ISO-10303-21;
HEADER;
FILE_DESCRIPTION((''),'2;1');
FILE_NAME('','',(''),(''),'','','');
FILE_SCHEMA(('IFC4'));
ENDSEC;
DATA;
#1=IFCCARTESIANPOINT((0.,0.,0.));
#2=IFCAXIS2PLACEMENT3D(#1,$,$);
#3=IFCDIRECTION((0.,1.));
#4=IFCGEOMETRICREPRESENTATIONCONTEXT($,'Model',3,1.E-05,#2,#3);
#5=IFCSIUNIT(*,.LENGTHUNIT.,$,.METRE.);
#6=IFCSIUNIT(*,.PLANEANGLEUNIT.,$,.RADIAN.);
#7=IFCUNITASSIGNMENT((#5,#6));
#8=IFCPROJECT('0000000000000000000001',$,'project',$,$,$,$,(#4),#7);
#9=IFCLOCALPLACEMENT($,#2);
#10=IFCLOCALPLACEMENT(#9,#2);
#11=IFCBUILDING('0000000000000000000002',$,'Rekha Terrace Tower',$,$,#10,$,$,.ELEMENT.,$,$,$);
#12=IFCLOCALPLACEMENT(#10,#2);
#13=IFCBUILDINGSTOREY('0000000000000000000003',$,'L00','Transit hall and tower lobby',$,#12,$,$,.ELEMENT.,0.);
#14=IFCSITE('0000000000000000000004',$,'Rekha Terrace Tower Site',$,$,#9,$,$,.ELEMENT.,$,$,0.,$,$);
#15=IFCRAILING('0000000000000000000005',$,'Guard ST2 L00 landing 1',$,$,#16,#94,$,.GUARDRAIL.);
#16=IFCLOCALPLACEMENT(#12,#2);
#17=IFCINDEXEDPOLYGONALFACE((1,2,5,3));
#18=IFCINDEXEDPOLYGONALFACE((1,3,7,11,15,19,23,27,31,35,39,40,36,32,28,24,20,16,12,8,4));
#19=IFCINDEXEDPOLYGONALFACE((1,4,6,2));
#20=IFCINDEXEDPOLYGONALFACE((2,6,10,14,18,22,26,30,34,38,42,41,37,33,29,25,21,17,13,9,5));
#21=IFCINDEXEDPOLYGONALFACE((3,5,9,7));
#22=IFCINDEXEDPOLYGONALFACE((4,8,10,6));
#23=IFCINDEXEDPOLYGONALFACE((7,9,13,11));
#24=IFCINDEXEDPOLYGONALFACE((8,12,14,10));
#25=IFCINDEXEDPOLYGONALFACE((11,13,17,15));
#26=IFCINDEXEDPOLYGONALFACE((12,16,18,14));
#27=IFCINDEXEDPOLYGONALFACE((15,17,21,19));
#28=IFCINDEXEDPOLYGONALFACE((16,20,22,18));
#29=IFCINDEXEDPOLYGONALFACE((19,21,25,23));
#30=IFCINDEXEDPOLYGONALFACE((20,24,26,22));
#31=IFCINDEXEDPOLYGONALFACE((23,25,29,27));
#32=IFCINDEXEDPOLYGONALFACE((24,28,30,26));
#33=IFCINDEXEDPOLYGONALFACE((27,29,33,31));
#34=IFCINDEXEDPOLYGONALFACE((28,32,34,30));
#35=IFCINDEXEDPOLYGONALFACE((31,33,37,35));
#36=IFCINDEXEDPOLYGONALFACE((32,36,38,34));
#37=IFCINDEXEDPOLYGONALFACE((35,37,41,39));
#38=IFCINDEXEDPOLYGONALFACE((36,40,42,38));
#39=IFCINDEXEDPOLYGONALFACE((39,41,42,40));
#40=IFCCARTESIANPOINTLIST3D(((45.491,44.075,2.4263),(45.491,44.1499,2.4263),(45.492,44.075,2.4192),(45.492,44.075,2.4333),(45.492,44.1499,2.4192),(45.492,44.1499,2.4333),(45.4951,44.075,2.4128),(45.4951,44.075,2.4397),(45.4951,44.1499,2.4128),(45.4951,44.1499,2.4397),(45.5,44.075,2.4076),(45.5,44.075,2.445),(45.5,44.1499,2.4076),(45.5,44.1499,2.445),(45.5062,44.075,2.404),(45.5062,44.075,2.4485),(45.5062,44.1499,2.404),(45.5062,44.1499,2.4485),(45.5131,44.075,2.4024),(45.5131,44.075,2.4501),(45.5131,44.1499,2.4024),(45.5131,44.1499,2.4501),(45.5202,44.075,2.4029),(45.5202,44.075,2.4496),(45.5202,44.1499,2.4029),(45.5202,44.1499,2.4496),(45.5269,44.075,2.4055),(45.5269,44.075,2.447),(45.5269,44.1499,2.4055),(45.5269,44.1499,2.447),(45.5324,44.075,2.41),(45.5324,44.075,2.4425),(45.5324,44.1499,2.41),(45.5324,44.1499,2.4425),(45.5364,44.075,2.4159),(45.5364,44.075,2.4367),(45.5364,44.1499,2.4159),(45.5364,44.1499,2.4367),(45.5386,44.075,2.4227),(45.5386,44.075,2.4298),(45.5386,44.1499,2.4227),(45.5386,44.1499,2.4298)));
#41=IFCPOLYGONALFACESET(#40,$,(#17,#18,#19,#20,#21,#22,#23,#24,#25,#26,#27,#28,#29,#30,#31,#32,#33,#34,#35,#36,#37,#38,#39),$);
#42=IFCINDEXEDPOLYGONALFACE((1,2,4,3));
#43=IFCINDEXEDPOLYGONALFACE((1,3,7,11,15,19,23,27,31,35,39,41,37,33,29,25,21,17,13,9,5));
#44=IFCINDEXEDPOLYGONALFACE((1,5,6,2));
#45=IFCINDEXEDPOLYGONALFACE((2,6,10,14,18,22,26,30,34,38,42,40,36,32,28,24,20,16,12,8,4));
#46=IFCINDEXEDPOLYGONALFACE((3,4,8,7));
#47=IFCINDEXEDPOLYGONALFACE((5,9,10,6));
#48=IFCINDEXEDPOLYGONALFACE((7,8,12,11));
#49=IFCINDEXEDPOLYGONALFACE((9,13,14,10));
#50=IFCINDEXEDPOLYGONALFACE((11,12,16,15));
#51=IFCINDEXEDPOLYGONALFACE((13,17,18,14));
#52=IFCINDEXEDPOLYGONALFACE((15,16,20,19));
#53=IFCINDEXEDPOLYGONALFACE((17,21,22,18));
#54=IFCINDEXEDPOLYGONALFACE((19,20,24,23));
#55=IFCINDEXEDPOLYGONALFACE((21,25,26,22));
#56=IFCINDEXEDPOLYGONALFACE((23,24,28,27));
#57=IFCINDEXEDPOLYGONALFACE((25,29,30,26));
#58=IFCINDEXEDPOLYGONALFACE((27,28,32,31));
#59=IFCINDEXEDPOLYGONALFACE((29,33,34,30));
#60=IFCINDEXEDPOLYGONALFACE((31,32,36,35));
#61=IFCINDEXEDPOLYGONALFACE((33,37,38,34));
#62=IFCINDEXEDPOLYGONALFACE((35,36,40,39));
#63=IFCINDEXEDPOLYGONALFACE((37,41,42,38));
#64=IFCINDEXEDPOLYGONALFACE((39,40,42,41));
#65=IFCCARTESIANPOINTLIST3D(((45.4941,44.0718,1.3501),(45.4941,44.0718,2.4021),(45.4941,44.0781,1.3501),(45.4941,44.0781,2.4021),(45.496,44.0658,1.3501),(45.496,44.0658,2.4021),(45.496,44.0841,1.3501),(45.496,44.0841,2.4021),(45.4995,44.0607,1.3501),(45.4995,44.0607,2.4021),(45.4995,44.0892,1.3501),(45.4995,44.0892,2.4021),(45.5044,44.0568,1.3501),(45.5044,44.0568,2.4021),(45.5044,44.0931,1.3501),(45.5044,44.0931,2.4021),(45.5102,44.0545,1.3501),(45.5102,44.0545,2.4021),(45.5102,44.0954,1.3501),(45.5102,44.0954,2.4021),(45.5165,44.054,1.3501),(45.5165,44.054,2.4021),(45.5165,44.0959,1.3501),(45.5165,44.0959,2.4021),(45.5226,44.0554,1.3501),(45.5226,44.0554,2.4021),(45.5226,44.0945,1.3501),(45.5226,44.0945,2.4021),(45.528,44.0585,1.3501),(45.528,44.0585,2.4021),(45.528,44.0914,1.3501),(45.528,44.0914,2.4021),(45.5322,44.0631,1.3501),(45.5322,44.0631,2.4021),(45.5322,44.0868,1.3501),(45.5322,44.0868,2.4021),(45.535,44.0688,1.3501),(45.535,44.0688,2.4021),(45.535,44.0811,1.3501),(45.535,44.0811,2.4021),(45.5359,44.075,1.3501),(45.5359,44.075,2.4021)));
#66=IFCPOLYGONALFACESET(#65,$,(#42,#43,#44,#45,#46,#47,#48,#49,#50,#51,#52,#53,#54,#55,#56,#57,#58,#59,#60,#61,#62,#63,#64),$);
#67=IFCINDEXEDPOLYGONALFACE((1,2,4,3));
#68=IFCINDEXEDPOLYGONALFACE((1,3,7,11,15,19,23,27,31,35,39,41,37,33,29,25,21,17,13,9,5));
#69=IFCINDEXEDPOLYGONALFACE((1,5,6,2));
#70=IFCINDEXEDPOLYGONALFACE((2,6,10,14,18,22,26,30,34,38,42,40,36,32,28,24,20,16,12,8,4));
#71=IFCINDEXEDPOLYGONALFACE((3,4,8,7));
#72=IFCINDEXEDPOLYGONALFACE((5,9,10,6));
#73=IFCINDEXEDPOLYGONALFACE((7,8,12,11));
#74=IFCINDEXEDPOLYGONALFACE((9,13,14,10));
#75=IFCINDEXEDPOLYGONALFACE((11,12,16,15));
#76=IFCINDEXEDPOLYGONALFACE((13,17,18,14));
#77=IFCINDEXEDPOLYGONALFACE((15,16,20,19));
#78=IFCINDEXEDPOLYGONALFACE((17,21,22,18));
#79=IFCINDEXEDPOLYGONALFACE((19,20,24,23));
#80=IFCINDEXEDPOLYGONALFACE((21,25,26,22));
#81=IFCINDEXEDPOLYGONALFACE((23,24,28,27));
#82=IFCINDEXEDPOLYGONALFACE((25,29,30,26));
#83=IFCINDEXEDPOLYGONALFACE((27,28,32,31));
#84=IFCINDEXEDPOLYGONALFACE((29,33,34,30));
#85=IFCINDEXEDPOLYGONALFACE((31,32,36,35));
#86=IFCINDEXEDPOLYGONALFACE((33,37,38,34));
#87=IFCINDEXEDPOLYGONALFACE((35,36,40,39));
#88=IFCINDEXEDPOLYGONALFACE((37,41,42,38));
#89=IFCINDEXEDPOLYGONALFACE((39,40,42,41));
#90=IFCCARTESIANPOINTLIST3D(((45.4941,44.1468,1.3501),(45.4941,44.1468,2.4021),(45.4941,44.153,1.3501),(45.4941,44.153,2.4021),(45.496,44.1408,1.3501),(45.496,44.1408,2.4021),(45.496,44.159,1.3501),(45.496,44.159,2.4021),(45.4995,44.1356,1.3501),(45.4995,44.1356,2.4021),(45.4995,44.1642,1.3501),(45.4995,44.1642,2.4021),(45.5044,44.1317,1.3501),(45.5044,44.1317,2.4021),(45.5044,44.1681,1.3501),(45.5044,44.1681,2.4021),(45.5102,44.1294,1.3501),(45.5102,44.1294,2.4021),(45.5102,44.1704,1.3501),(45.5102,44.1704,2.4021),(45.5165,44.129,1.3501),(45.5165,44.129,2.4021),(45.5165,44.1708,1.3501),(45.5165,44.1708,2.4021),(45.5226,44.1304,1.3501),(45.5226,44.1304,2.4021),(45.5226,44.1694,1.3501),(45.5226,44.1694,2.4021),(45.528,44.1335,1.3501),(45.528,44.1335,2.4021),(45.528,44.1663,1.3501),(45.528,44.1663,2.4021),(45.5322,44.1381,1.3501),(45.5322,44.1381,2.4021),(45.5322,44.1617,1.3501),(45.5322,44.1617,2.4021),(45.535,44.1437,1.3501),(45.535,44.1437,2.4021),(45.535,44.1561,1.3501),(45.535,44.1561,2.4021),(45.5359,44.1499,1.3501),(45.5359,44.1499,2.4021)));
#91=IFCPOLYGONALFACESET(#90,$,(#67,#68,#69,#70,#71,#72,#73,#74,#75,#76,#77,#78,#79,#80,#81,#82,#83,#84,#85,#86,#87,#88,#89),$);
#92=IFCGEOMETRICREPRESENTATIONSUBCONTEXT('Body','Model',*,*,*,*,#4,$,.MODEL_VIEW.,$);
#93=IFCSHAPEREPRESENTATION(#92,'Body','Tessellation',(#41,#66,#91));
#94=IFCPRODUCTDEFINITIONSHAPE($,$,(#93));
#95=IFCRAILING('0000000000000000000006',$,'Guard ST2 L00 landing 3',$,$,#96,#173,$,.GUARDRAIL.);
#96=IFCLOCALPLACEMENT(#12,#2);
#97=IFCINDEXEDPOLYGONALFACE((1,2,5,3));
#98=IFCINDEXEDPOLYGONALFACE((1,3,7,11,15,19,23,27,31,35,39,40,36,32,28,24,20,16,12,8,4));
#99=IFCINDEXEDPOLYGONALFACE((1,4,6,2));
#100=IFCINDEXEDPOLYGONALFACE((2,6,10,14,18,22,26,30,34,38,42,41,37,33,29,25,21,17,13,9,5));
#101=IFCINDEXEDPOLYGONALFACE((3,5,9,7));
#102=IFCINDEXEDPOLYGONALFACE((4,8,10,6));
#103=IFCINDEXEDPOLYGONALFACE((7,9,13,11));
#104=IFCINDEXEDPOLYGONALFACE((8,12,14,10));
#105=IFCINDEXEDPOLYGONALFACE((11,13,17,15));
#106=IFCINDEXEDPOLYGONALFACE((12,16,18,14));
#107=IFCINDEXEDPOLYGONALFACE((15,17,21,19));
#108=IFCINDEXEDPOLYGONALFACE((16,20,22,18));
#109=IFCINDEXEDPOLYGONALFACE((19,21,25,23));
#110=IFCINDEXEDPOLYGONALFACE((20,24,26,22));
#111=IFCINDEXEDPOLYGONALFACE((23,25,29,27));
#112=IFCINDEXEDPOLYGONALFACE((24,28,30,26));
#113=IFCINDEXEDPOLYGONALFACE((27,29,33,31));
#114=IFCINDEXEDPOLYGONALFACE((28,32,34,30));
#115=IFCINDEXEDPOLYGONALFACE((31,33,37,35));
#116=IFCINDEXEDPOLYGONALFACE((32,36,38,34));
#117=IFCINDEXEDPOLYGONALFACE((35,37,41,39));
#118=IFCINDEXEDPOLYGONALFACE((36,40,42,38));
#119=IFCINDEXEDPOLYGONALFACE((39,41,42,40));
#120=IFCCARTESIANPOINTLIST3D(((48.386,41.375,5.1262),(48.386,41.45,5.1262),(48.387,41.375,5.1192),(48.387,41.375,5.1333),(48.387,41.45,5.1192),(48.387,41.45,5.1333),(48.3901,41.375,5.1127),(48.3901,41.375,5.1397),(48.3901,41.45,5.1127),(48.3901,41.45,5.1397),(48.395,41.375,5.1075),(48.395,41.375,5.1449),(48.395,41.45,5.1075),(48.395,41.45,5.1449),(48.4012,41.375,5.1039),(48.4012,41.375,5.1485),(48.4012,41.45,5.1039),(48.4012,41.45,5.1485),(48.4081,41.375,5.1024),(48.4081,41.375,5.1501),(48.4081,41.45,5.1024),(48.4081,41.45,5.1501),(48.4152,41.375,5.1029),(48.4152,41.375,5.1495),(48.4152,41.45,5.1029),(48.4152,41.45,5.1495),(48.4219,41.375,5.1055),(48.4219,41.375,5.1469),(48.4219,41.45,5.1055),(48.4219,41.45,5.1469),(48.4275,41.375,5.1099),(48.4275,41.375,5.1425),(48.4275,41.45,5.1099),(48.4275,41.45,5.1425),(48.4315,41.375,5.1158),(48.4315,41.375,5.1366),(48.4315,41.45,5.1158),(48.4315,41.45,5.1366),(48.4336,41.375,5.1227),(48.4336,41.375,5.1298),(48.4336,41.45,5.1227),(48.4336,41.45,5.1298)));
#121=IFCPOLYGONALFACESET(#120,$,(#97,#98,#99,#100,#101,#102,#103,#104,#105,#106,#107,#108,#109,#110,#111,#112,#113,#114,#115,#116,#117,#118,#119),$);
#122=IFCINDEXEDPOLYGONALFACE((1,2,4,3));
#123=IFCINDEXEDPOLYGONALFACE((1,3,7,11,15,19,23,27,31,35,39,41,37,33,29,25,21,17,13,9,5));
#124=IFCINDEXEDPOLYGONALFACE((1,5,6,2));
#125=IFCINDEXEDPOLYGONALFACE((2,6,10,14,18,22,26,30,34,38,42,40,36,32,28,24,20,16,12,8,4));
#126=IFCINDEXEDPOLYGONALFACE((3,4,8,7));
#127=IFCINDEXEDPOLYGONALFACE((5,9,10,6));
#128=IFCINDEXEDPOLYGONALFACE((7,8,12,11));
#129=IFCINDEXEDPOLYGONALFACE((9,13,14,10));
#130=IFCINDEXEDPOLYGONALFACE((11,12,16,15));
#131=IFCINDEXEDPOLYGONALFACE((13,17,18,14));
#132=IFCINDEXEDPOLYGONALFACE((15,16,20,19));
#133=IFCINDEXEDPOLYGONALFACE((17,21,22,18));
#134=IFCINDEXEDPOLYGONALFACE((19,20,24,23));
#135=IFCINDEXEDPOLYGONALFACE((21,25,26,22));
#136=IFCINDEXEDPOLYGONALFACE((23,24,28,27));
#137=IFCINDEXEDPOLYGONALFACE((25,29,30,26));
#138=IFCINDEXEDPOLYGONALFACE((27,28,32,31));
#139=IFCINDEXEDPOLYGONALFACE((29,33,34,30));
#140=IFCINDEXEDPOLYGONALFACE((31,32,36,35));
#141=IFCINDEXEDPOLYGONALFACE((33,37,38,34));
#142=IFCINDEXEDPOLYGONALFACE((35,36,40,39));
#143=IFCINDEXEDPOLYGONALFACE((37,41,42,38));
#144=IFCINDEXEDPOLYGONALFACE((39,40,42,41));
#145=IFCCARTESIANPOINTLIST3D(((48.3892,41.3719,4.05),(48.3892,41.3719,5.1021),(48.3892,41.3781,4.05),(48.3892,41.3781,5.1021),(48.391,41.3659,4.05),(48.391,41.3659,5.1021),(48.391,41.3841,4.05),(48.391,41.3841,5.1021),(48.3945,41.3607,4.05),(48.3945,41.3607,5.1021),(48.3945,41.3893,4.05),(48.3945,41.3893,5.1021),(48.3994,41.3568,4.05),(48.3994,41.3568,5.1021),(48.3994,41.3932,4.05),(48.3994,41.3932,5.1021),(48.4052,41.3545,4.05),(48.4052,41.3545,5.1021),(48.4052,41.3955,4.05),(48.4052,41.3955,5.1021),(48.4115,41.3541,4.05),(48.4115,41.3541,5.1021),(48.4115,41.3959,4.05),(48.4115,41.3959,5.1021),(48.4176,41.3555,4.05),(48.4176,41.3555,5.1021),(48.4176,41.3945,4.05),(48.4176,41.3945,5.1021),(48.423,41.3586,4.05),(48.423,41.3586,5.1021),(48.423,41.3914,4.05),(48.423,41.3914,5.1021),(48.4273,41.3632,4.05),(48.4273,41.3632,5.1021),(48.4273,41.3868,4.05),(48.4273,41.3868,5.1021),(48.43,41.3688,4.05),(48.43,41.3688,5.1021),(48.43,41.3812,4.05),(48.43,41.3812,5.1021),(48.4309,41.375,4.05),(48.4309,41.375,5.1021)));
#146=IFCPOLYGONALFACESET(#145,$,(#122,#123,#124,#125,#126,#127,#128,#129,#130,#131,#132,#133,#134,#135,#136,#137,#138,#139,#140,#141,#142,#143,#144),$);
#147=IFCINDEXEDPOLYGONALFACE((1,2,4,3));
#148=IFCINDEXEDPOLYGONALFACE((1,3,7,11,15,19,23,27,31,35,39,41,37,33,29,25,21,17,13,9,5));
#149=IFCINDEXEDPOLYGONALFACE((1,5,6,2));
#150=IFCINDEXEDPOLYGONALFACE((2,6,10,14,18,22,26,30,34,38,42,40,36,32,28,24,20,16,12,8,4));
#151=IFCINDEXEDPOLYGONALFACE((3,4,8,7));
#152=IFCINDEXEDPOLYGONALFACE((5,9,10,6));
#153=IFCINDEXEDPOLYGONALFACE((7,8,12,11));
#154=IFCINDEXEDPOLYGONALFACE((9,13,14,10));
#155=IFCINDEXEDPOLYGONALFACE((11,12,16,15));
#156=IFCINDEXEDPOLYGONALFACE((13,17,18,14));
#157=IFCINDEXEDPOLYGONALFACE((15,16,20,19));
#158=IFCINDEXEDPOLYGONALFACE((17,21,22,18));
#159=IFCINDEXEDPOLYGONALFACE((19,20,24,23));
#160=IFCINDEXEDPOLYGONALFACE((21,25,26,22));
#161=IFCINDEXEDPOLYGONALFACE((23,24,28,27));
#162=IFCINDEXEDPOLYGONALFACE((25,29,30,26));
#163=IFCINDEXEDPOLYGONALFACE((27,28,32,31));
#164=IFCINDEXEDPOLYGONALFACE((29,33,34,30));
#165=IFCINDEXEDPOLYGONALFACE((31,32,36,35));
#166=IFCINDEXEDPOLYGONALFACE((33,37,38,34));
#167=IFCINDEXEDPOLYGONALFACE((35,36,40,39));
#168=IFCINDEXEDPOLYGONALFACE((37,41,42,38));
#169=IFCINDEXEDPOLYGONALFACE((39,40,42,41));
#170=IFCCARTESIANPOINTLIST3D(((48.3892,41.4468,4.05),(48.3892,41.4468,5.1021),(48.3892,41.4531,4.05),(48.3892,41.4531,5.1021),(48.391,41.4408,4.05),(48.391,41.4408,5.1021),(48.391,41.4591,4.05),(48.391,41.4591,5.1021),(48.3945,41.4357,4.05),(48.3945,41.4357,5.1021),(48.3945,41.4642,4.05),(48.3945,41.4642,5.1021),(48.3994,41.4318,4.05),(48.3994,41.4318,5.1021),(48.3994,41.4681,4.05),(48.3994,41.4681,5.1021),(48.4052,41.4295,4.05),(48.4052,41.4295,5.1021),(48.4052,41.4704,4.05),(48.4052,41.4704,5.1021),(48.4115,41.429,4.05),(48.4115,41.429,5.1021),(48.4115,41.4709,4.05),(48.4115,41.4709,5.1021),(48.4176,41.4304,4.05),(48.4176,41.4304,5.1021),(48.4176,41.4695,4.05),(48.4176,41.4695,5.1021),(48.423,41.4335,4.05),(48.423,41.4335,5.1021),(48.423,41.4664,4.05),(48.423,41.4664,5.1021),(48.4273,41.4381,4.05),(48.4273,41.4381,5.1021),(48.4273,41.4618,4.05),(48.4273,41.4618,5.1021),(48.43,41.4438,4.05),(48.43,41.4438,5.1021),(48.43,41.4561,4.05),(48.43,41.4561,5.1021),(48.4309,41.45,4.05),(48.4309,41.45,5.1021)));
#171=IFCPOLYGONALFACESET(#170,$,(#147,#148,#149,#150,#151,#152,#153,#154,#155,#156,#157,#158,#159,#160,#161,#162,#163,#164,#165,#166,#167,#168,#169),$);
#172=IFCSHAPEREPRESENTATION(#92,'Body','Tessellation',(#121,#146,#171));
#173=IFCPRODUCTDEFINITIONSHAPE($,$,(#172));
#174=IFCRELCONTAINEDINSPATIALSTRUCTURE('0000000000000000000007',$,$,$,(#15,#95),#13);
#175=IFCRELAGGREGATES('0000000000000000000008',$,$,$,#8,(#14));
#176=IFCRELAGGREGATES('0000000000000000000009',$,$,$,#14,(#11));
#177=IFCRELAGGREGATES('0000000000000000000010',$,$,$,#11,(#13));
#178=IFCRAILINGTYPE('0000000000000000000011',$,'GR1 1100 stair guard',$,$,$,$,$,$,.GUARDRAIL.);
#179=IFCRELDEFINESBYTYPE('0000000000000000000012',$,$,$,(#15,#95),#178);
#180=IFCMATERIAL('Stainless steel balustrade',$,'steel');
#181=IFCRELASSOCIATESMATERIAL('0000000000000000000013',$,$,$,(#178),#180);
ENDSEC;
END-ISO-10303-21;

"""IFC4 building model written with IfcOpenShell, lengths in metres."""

from ifc_helpers import new_model, si_unit, direction, frame, origin, origin_2d, place, context, subcontext, project, spatial, circle, extrude, material, type_object, element, save


model = new_model("IFC4")

# Units and contexts
model_context = context("Model", 3, precision=1e-05, world=origin(), true_north=direction((0.0, 1.0)))
body_context = subcontext(model_context, "Body", "Model", "MODEL_VIEW")
ifc_project = project(units=[si_unit("LENGTHUNIT", "METRE"), si_unit("PLANEANGLEUNIT", "RADIAN")], contexts=[model_context])

# Site, building, storey
site_placement = place(None, origin())
site = spatial("IfcSite", under=ifc_project, at=site_placement, Name="Rekha Terrace Tower Site", CompositionType="ELEMENT", RefElevation=0.0)
building_placement = place(site_placement, origin())
building = spatial("IfcBuilding", under=site, at=building_placement, Name="Rekha Terrace Tower", CompositionType="ELEMENT")
storey_placement = place(building_placement, origin())
storey = spatial("IfcBuildingStorey", under=building, at=storey_placement, Name="L00", Description="Transit hall and tower lobby", CompositionType="ELEMENT", Elevation=0.0)

# Railings
ifc_material_1 = material(Name="Stainless steel balustrade", Category="steel")
railing_type_1 = type_object("IfcRailingType", Name="GR1 1100 stair guard", PredefinedType="GUARDRAIL", material=ifc_material_1)
for number, where, name in (
    (1, (45.5149, 44.075, 1.3501), "Guard ST2 L00 landing 1"),
    (2, (48.4099, 41.375, 4.05), "Guard ST2 L00 landing 3"),
):
    element("IfcRailing", number, at=place(storey_placement, frame(where)), inside=storey, type_object=railing_type_1, Name=name, PredefinedType="GUARDRAIL", context=body_context, shape_type="SweptSolid", body=[
        extrude(circle(Radius=0.0239, at=origin_2d()), frame((0.0, 0.0, 1.0762), z_axis=(0.0, 1.0, 0.0), x_axis=(-1.0, 0.0, 0.0)), (0.0, 0.0, 1.0), 0.075),
        extrude(circle(Radius=0.021, at=origin_2d()), origin(), (0.0, 0.0, 1.0), 1.052),
        extrude(circle(Radius=0.021, at=origin_2d()), frame((0.0, 0.075, 0.0)), (0.0, 0.0, 1.0), 1.052),
    ])

save(model, "model.ifc")
